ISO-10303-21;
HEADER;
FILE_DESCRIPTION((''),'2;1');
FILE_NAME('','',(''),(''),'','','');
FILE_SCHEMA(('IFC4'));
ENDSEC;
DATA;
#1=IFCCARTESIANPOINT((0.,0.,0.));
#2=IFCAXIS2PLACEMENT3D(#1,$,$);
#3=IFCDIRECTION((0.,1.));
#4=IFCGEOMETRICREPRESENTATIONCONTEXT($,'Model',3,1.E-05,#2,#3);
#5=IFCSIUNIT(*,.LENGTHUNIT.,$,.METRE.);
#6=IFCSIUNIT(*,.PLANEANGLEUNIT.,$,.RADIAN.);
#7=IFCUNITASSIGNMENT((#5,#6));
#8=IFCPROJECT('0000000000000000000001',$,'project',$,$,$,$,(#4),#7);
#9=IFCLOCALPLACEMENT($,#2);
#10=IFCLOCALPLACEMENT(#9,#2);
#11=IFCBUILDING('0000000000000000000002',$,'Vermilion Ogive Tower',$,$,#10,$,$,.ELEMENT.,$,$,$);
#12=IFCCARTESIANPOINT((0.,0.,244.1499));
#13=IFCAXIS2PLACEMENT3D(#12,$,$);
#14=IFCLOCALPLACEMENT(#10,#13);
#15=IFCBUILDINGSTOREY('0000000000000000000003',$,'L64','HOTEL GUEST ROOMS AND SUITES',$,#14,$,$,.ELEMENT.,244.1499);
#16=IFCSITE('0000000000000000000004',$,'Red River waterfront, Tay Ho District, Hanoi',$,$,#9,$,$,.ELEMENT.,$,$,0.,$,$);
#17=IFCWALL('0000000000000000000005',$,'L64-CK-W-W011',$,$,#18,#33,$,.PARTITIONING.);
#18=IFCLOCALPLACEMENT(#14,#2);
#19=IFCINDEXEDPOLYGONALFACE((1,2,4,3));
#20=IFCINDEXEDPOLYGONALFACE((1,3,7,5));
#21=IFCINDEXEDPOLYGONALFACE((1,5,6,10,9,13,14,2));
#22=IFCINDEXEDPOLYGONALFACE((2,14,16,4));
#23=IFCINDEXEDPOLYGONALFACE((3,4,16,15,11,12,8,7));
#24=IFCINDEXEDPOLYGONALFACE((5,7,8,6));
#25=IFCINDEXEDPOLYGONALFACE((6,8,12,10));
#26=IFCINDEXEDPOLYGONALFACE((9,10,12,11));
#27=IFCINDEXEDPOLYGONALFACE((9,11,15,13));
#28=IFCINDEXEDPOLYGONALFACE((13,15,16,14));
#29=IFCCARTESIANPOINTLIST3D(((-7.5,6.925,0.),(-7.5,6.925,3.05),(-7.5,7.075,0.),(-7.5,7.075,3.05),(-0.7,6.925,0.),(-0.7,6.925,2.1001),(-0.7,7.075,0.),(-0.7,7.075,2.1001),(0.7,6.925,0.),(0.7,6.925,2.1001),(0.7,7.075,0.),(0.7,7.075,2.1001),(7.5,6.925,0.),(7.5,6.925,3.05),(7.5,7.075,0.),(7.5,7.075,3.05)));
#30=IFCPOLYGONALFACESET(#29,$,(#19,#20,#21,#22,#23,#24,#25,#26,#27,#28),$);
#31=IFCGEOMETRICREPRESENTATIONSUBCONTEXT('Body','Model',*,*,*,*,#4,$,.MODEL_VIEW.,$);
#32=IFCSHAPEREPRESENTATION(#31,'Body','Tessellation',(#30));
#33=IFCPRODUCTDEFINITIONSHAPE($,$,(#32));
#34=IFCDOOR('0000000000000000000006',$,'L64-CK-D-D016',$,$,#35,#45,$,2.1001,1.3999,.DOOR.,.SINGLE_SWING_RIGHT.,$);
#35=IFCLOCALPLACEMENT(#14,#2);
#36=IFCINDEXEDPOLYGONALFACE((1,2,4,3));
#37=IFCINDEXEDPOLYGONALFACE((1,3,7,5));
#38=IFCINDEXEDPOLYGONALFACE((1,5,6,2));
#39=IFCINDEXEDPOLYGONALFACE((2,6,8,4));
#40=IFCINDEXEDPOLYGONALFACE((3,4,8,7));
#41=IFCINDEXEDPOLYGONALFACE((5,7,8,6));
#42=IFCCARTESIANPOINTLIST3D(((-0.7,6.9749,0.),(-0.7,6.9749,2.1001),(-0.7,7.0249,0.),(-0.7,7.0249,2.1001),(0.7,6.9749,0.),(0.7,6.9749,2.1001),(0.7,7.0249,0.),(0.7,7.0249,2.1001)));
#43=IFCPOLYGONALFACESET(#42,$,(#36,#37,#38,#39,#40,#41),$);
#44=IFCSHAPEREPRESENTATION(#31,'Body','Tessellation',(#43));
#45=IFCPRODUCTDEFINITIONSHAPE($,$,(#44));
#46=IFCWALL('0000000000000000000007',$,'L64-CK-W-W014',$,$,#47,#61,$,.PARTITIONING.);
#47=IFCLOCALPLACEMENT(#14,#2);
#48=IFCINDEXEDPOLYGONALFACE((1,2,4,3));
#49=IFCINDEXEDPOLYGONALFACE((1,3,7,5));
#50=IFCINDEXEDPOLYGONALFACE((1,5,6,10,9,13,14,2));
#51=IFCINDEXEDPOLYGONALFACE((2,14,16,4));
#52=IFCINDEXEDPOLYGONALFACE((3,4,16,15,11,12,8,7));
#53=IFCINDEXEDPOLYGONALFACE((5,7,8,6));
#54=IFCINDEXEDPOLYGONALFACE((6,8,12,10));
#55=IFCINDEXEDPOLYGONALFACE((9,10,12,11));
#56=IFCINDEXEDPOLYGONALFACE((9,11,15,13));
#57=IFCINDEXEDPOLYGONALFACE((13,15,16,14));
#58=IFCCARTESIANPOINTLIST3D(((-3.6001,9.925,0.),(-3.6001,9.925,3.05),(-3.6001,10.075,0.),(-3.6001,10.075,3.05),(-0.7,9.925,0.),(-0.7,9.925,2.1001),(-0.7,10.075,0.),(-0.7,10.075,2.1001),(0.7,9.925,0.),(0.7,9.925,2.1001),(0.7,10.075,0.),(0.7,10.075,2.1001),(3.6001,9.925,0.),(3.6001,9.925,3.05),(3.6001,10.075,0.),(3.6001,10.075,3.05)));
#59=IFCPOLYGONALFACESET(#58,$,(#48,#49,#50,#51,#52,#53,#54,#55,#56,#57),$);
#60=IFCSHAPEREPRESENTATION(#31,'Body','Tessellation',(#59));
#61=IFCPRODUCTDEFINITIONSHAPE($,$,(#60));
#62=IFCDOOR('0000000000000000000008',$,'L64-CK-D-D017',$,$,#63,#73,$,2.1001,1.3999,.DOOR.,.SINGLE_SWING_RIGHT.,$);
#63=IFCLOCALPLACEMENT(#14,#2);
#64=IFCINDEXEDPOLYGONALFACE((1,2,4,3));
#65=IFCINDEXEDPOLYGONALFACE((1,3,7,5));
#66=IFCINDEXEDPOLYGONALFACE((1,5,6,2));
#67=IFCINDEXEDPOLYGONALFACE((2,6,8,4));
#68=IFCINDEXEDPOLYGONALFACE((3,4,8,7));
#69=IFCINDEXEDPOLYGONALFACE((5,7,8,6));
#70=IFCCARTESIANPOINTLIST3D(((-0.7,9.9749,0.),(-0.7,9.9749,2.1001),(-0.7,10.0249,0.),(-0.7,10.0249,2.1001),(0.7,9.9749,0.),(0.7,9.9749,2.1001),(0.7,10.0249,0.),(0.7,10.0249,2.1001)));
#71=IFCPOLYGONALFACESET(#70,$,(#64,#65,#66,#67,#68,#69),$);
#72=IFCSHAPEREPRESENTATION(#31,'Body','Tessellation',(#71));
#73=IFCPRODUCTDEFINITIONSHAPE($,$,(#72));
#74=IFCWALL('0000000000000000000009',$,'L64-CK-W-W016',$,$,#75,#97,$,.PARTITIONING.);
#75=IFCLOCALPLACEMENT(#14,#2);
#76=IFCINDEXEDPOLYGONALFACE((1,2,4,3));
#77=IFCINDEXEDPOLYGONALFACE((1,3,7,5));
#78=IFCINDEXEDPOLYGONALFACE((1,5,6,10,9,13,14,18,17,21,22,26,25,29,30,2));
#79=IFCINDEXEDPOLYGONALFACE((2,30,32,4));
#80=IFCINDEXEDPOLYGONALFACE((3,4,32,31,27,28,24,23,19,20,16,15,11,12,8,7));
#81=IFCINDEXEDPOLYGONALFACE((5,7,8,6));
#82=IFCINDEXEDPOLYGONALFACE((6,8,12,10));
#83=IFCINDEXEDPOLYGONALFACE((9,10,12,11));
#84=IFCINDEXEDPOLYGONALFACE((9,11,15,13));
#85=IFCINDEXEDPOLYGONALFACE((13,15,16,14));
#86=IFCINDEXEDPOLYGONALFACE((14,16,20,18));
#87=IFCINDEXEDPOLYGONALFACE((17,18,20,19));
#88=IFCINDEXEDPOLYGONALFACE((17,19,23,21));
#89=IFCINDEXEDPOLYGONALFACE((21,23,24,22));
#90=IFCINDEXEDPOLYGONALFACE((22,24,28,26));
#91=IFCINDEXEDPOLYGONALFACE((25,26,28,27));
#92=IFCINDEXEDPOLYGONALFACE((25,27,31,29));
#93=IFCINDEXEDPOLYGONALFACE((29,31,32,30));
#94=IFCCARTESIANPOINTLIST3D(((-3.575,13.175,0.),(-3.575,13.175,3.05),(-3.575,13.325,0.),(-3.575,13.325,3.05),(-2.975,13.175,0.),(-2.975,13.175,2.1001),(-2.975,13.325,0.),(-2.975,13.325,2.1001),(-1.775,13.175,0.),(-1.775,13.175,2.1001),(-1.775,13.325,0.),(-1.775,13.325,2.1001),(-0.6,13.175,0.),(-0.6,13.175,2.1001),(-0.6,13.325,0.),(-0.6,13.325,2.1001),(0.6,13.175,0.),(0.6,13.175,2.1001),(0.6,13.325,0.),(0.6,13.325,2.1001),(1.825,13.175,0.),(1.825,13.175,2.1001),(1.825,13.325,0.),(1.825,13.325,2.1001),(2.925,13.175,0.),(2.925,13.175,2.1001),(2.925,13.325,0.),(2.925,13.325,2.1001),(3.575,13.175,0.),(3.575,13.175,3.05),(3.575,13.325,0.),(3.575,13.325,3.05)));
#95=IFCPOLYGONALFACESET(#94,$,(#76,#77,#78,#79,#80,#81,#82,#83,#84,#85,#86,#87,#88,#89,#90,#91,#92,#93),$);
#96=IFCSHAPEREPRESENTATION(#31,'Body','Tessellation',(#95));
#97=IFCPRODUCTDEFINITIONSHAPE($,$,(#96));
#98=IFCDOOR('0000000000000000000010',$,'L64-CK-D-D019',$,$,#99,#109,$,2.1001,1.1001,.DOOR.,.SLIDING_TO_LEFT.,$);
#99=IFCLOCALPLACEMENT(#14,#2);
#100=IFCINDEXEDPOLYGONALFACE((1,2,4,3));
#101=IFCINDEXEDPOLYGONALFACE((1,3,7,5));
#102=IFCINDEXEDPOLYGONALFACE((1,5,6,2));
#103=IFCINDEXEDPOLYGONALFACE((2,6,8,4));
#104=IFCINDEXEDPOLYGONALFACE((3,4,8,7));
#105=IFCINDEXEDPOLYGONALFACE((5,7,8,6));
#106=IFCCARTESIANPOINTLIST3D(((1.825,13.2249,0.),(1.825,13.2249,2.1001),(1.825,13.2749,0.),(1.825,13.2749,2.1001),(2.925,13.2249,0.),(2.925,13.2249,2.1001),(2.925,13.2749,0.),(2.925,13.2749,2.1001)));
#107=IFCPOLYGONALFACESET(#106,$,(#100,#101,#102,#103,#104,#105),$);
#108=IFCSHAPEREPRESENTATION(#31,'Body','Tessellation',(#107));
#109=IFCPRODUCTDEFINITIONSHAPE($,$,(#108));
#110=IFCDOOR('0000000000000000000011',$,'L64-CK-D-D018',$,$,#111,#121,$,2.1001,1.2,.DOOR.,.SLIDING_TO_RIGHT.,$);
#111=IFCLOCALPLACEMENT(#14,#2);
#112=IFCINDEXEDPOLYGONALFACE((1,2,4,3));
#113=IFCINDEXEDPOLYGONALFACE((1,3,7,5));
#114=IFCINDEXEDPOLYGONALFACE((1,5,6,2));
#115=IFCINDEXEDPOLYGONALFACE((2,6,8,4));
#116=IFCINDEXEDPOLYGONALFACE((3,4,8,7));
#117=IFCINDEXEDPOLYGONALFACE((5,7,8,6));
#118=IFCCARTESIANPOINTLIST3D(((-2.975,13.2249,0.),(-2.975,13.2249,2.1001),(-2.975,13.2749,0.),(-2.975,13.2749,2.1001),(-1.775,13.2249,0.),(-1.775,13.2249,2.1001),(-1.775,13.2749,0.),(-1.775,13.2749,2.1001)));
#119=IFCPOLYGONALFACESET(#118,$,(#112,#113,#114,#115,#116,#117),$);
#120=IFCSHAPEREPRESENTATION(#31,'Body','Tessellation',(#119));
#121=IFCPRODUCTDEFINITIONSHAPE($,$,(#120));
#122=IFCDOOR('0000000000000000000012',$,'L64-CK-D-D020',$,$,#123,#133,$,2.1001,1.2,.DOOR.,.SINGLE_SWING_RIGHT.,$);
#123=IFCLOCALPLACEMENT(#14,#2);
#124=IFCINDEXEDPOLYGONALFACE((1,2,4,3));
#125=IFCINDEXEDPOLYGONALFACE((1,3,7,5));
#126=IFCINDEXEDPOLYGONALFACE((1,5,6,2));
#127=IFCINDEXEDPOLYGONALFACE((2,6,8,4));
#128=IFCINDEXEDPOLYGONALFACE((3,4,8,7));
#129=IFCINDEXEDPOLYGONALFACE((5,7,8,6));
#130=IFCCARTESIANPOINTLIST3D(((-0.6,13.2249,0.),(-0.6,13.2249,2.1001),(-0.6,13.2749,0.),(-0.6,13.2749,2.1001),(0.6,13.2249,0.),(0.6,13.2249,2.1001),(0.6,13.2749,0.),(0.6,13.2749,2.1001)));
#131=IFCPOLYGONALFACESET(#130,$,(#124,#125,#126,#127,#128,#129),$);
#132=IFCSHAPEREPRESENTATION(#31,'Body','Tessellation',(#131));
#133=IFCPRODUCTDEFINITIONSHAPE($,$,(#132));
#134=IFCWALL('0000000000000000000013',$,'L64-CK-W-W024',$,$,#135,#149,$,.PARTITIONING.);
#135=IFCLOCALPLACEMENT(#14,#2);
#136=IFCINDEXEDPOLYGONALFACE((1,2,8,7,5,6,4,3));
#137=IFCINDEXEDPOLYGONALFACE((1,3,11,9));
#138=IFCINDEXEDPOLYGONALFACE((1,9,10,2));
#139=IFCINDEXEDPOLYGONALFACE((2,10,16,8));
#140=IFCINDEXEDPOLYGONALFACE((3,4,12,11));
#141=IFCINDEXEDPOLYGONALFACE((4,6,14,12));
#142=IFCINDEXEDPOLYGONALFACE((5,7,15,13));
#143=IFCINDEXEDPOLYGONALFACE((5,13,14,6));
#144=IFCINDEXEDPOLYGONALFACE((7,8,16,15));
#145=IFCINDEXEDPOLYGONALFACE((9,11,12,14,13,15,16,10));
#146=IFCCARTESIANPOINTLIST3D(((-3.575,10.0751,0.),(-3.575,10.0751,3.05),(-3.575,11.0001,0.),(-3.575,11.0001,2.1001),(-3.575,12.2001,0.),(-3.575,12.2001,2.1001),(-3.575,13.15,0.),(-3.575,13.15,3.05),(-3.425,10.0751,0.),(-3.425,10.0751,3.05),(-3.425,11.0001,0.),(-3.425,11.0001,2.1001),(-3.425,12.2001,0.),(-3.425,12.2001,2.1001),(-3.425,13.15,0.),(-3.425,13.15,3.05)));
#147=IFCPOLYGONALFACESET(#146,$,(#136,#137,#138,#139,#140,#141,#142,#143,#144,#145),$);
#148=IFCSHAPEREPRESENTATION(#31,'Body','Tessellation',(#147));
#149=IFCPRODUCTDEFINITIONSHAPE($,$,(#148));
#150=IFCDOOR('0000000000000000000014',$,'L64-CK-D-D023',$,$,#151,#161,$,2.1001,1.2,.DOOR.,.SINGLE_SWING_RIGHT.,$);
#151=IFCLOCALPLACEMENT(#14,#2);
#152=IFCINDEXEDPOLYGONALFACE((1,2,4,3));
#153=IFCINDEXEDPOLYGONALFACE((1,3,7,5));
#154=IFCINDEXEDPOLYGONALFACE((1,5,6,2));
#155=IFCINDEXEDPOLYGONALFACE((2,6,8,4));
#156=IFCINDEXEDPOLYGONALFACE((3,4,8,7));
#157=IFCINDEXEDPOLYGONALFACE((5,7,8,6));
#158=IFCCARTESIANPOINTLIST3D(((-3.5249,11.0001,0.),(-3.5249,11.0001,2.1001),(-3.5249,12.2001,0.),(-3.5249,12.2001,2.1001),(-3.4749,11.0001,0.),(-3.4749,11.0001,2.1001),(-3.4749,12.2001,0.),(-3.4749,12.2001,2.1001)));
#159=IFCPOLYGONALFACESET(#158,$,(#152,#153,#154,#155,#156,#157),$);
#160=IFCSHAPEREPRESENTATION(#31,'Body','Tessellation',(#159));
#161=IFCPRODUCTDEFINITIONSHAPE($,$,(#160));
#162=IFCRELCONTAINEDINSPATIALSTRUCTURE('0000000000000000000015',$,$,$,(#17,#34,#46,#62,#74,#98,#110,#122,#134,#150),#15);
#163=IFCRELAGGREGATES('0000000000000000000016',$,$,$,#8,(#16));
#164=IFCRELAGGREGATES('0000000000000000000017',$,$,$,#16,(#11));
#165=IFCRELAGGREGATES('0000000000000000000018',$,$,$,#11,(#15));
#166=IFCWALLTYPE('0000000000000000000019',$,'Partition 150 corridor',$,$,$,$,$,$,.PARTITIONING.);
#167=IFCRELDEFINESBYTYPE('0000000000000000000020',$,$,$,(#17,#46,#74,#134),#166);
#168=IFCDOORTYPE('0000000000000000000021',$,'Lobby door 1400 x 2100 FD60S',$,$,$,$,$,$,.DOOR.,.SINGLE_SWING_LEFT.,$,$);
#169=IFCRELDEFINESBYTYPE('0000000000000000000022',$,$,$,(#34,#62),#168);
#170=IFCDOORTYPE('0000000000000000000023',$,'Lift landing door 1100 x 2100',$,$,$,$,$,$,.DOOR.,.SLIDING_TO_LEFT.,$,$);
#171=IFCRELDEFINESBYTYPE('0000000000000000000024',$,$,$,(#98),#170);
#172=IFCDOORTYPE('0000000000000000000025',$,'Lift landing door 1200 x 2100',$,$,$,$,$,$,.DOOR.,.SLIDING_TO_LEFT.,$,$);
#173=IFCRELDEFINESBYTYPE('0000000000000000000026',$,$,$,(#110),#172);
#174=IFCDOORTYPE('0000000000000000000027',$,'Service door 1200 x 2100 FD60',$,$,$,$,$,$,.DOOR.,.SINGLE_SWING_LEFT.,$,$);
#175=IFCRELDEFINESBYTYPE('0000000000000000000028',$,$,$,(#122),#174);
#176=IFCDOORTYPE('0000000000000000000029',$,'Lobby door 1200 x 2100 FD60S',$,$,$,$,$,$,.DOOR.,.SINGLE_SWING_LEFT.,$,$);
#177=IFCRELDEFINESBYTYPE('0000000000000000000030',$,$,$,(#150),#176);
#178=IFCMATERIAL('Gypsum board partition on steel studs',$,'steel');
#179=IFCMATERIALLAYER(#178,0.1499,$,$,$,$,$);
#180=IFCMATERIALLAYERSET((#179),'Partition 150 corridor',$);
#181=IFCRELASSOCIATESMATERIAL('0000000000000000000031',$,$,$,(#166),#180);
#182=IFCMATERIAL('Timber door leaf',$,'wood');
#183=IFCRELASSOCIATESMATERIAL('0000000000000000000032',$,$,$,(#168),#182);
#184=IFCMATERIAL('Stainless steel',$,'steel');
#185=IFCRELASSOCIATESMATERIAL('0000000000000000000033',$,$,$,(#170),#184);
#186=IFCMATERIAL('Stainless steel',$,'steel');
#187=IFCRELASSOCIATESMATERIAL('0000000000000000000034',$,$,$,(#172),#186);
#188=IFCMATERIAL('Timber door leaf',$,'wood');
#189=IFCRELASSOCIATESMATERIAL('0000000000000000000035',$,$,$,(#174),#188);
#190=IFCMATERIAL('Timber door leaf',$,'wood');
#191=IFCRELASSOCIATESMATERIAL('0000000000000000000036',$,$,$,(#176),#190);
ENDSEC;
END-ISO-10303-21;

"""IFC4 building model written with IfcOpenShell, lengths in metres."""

from ifc_helpers import new_model, si_unit, direction, frame, frame_2d, origin, place, context, subcontext, project, spatial, rectangle, extrude, material, layer, layer_set, type_object, element, fill, save


model = new_model("IFC4")

# Units and contexts
model_context = context("Model", 3, precision=1e-05, world=origin(), true_north=direction((0.0, 1.0)))
body_context = subcontext(model_context, "Body", "Model", "MODEL_VIEW")
ifc_project = project(units=[si_unit("LENGTHUNIT", "METRE"), si_unit("PLANEANGLEUNIT", "RADIAN")], contexts=[model_context])

# Site, building, storey
site_placement = place(None, origin())
site = spatial("IfcSite", under=ifc_project, at=site_placement, Name="Red River waterfront, Tay Ho District, Hanoi", CompositionType="ELEMENT", RefElevation=0.0)
building_placement = place(site_placement, origin())
building = spatial("IfcBuilding", under=site, at=building_placement, Name="Vermilion Ogive Tower", CompositionType="ELEMENT")
storey_placement = place(building_placement, frame((0.0, 0.0, 244.1499)))
storey = spatial("IfcBuildingStorey", under=building, at=storey_placement, Name="L64", Description="HOTEL GUEST ROOMS AND SUITES", CompositionType="ELEMENT", Elevation=244.1499)

# Walls, openings, doors
ifc_material_1 = material(Name="Gypsum board partition on steel studs", Category="steel")
ifc_layer_1 = layer(ifc_material_1, 0.1499)
ifc_layer_set_1 = layer_set([ifc_layer_1], Name="Partition 150 corridor")
wall_type_1 = type_object("IfcWallType", Name="Partition 150 corridor", PredefinedType="PARTITIONING", material=ifc_layer_set_1)
wall_1_placement = place(storey_placement, frame((-7.5, 7.0, 0.0), z_axis=(0.0, 0.0, 1.0), x_axis=(1.0, 0.0, 0.0)))
wall_1 = element("IfcWall", 1, at=wall_1_placement, inside=storey, type_object=wall_type_1, Name="L64-CK-W-W011", PredefinedType="PARTITIONING", context=body_context, shape_type="SweptSolid", body=[
    extrude(rectangle(XDim=15.0, YDim=0.1499, at=frame_2d((7.5, 0.0))), origin(), (0.0, 0.0, 1.0), 3.05),
])
opening_1_placement = place(wall_1_placement, frame((6.8, 0.0, 0.0)))
opening_1 = element("IfcOpeningElement", 2, at=opening_1_placement, cuts=wall_1, PredefinedType="OPENING", context=body_context, shape_type="SweptSolid", body=[
    extrude(rectangle(XDim=1.3999, YDim=2.1001, at=frame_2d((0.7, 1.05))), frame((0.0, 0.085, 0.0), z_axis=(0.0, -1.0, 0.0), x_axis=(1.0, 0.0, 0.0)), (0.0, 0.0, 1.0), 0.1699),
])
ifc_material_2 = material(Name="Timber door leaf", Category="wood")
door_type_1 = type_object("IfcDoorType", Name="Lobby door 1400 x 2100 FD60S", OperationType="SINGLE_SWING_LEFT", PredefinedType="DOOR", material=ifc_material_2)
door_1_placement = place(opening_1_placement, origin())
door_1 = element("IfcDoor", 3, at=door_1_placement, inside=storey, type_object=door_type_1, Name="L64-CK-D-D016", OperationType="SINGLE_SWING_RIGHT", OverallHeight=2.1001, OverallWidth=1.3999, PredefinedType="DOOR", context=body_context, shape_type="SweptSolid", body=[
    extrude(rectangle(XDim=1.3999, YDim=2.1001, at=frame_2d((0.7, 1.05))), frame((0.0, 0.0249, 0.0), z_axis=(0.0, -1.0, 0.0), x_axis=(1.0, 0.0, 0.0)), (0.0, 0.0, 1.0), 0.05),
])
fill(opening_1, door_1)
wall_2_placement = place(storey_placement, frame((-3.6001, 10.0, 0.0), z_axis=(0.0, 0.0, 1.0), x_axis=(1.0, 0.0, 0.0)))
wall_2 = element("IfcWall", 4, at=wall_2_placement, inside=storey, type_object=wall_type_1, Name="L64-CK-W-W014", PredefinedType="PARTITIONING", context=body_context, shape_type="SweptSolid", body=[
    extrude(rectangle(XDim=7.2002, YDim=0.1499, at=frame_2d((3.6001, 0.0))), origin(), (0.0, 0.0, 1.0), 3.05),
])
opening_2_placement = place(wall_2_placement, frame((2.9001, 0.0, 0.0)))
opening_2 = element("IfcOpeningElement", 5, at=opening_2_placement, cuts=wall_2, PredefinedType="OPENING", context=body_context, shape_type="SweptSolid", body=[
    extrude(rectangle(XDim=1.3999, YDim=2.1001, at=frame_2d((0.7, 1.05))), frame((0.0, 0.085, 0.0), z_axis=(0.0, -1.0, 0.0), x_axis=(1.0, 0.0, 0.0)), (0.0, 0.0, 1.0), 0.1699),
])
door_2_placement = place(opening_2_placement, origin())
door_2 = element("IfcDoor", 6, at=door_2_placement, inside=storey, type_object=door_type_1, Name="L64-CK-D-D017", OperationType="SINGLE_SWING_RIGHT", OverallHeight=2.1001, OverallWidth=1.3999, PredefinedType="DOOR", context=body_context, shape_type="SweptSolid", body=[
    extrude(rectangle(XDim=1.3999, YDim=2.1001, at=frame_2d((0.7, 1.05))), frame((0.0, 0.0249, 0.0), z_axis=(0.0, -1.0, 0.0), x_axis=(1.0, 0.0, 0.0)), (0.0, 0.0, 1.0), 0.05),
])
fill(opening_2, door_2)

# Wall, openings, doors
wall_3_placement = place(storey_placement, frame((-3.575, 13.25, 0.0), z_axis=(0.0, 0.0, 1.0), x_axis=(1.0, 0.0, 0.0)))
wall_3 = element("IfcWall", 7, at=wall_3_placement, inside=storey, type_object=wall_type_1, Name="L64-CK-W-W016", PredefinedType="PARTITIONING", context=body_context, shape_type="SweptSolid", body=[
    extrude(rectangle(XDim=7.1499, YDim=0.1499, at=frame_2d((3.575, 0.0))), origin(), (0.0, 0.0, 1.0), 3.05),
])
opening_3_placement = place(wall_3_placement, frame((0.5999, 0.0, 0.0)))
opening_3 = element("IfcOpeningElement", 8, at=opening_3_placement, cuts=wall_3, PredefinedType="OPENING", context=body_context, shape_type="SweptSolid", body=[
    extrude(rectangle(XDim=1.2, YDim=2.1001, at=frame_2d((0.6001, 1.05))), frame((0.0, 0.085, 0.0), z_axis=(0.0, -1.0, 0.0), x_axis=(1.0, 0.0, 0.0)), (0.0, 0.0, 1.0), 0.1699),
])
opening_4_placement = place(wall_3_placement, frame((5.3999, 0.0, 0.0)))
opening_4 = element("IfcOpeningElement", 9, at=opening_4_placement, cuts=wall_3, PredefinedType="OPENING", context=body_context, shape_type="SweptSolid", body=[
    extrude(rectangle(XDim=1.1001, YDim=2.1001, at=frame_2d((0.55, 1.05))), frame((0.0, 0.085, 0.0), z_axis=(0.0, -1.0, 0.0), x_axis=(1.0, 0.0, 0.0)), (0.0, 0.0, 1.0), 0.1699),
])
opening_5_placement = place(wall_3_placement, frame((2.9749, 0.0, 0.0)))
opening_5 = element("IfcOpeningElement", 10, at=opening_5_placement, cuts=wall_3, PredefinedType="OPENING", context=body_context, shape_type="SweptSolid", body=[
    extrude(rectangle(XDim=1.2, YDim=2.1001, at=frame_2d((0.6001, 1.05))), frame((0.0, 0.085, 0.0), z_axis=(0.0, -1.0, 0.0), x_axis=(1.0, 0.0, 0.0)), (0.0, 0.0, 1.0), 0.1699),
])
ifc_material_3 = material(Name="Stainless steel", Category="steel")
door_type_2 = type_object("IfcDoorType", Name="Lift landing door 1100 x 2100", OperationType="SLIDING_TO_LEFT", PredefinedType="DOOR", material=ifc_material_3)
door_3_placement = place(opening_4_placement, origin())
door_3 = element("IfcDoor", 11, at=door_3_placement, inside=storey, type_object=door_type_2, Name="L64-CK-D-D019", OperationType="SLIDING_TO_LEFT", OverallHeight=2.1001, OverallWidth=1.1001, PredefinedType="DOOR", context=body_context, shape_type="SweptSolid", body=[
    extrude(rectangle(XDim=1.1001, YDim=2.1001, at=frame_2d((0.55, 1.05))), frame((0.0, 0.0249, 0.0), z_axis=(0.0, -1.0, 0.0), x_axis=(1.0, 0.0, 0.0)), (0.0, 0.0, 1.0), 0.05),
])
fill(opening_4, door_3)
ifc_material_4 = material(Name="Stainless steel", Category="steel")
door_type_3 = type_object("IfcDoorType", Name="Lift landing door 1200 x 2100", OperationType="SLIDING_TO_LEFT", PredefinedType="DOOR", material=ifc_material_4)
door_4_placement = place(opening_3_placement, origin())
door_4 = element("IfcDoor", 12, at=door_4_placement, inside=storey, type_object=door_type_3, Name="L64-CK-D-D018", OperationType="SLIDING_TO_RIGHT", OverallHeight=2.1001, OverallWidth=1.2, PredefinedType="DOOR", context=body_context, shape_type="SweptSolid", body=[
    extrude(rectangle(XDim=1.2, YDim=2.1001, at=frame_2d((0.6001, 1.05))), frame((0.0, 0.0249, 0.0), z_axis=(0.0, -1.0, 0.0), x_axis=(1.0, 0.0, 0.0)), (0.0, 0.0, 1.0), 0.05),
])
fill(opening_3, door_4)
ifc_material_5 = material(Name="Timber door leaf", Category="wood")
door_type_4 = type_object("IfcDoorType", Name="Service door 1200 x 2100 FD60", OperationType="SINGLE_SWING_LEFT", PredefinedType="DOOR", material=ifc_material_5)
door_5_placement = place(opening_5_placement, origin())
door_5 = element("IfcDoor", 13, at=door_5_placement, inside=storey, type_object=door_type_4, Name="L64-CK-D-D020", OperationType="SINGLE_SWING_RIGHT", OverallHeight=2.1001, OverallWidth=1.2, PredefinedType="DOOR", context=body_context, shape_type="SweptSolid", body=[
    extrude(rectangle(XDim=1.2, YDim=2.1001, at=frame_2d((0.6001, 1.05))), frame((0.0, 0.0249, 0.0), z_axis=(0.0, -1.0, 0.0), x_axis=(1.0, 0.0, 0.0)), (0.0, 0.0, 1.0), 0.05),
])
fill(opening_5, door_5)

# Wall, opening, door
wall_4_placement = place(storey_placement, frame((-3.5, 10.075, 0.0), z_axis=(0.0, 0.0, 1.0), x_axis=(0.0, 1.0, 0.0)))
wall_4 = element("IfcWall", 14, at=wall_4_placement, inside=storey, type_object=wall_type_1, Name="L64-CK-W-W024", PredefinedType="PARTITIONING", context=body_context, shape_type="SweptSolid", body=[
    extrude(rectangle(XDim=3.075, YDim=0.1499, at=frame_2d((1.5376, 0.0))), origin(), (0.0, 0.0, 1.0), 3.05),
])
opening_6_placement = place(wall_4_placement, frame((0.925, 0.0, 0.0)))
opening_6 = element("IfcOpeningElement", 15, at=opening_6_placement, cuts=wall_4, PredefinedType="OPENING", context=body_context, shape_type="SweptSolid", body=[
    extrude(rectangle(XDim=1.2, YDim=2.1001, at=frame_2d((0.6001, 1.05))), frame((0.0, 0.085, 0.0), z_axis=(0.0, -1.0, 0.0), x_axis=(1.0, 0.0, 0.0)), (0.0, 0.0, 1.0), 0.1699),
])
ifc_material_6 = material(Name="Timber door leaf", Category="wood")
door_type_5 = type_object("IfcDoorType", Name="Lobby door 1200 x 2100 FD60S", OperationType="SINGLE_SWING_LEFT", PredefinedType="DOOR", material=ifc_material_6)
door_6_placement = place(opening_6_placement, origin())
door_6 = element("IfcDoor", 16, at=door_6_placement, inside=storey, type_object=door_type_5, Name="L64-CK-D-D023", OperationType="SINGLE_SWING_RIGHT", OverallHeight=2.1001, OverallWidth=1.2, PredefinedType="DOOR", context=body_context, shape_type="SweptSolid", body=[
    extrude(rectangle(XDim=1.2, YDim=2.1001, at=frame_2d((0.6001, 1.05))), frame((0.0, 0.0249, 0.0), z_axis=(0.0, -1.0, 0.0), x_axis=(1.0, 0.0, 0.0)), (0.0, 0.0, 1.0), 0.05),
])
fill(opening_6, door_6)

save(model, "model.ifc")
